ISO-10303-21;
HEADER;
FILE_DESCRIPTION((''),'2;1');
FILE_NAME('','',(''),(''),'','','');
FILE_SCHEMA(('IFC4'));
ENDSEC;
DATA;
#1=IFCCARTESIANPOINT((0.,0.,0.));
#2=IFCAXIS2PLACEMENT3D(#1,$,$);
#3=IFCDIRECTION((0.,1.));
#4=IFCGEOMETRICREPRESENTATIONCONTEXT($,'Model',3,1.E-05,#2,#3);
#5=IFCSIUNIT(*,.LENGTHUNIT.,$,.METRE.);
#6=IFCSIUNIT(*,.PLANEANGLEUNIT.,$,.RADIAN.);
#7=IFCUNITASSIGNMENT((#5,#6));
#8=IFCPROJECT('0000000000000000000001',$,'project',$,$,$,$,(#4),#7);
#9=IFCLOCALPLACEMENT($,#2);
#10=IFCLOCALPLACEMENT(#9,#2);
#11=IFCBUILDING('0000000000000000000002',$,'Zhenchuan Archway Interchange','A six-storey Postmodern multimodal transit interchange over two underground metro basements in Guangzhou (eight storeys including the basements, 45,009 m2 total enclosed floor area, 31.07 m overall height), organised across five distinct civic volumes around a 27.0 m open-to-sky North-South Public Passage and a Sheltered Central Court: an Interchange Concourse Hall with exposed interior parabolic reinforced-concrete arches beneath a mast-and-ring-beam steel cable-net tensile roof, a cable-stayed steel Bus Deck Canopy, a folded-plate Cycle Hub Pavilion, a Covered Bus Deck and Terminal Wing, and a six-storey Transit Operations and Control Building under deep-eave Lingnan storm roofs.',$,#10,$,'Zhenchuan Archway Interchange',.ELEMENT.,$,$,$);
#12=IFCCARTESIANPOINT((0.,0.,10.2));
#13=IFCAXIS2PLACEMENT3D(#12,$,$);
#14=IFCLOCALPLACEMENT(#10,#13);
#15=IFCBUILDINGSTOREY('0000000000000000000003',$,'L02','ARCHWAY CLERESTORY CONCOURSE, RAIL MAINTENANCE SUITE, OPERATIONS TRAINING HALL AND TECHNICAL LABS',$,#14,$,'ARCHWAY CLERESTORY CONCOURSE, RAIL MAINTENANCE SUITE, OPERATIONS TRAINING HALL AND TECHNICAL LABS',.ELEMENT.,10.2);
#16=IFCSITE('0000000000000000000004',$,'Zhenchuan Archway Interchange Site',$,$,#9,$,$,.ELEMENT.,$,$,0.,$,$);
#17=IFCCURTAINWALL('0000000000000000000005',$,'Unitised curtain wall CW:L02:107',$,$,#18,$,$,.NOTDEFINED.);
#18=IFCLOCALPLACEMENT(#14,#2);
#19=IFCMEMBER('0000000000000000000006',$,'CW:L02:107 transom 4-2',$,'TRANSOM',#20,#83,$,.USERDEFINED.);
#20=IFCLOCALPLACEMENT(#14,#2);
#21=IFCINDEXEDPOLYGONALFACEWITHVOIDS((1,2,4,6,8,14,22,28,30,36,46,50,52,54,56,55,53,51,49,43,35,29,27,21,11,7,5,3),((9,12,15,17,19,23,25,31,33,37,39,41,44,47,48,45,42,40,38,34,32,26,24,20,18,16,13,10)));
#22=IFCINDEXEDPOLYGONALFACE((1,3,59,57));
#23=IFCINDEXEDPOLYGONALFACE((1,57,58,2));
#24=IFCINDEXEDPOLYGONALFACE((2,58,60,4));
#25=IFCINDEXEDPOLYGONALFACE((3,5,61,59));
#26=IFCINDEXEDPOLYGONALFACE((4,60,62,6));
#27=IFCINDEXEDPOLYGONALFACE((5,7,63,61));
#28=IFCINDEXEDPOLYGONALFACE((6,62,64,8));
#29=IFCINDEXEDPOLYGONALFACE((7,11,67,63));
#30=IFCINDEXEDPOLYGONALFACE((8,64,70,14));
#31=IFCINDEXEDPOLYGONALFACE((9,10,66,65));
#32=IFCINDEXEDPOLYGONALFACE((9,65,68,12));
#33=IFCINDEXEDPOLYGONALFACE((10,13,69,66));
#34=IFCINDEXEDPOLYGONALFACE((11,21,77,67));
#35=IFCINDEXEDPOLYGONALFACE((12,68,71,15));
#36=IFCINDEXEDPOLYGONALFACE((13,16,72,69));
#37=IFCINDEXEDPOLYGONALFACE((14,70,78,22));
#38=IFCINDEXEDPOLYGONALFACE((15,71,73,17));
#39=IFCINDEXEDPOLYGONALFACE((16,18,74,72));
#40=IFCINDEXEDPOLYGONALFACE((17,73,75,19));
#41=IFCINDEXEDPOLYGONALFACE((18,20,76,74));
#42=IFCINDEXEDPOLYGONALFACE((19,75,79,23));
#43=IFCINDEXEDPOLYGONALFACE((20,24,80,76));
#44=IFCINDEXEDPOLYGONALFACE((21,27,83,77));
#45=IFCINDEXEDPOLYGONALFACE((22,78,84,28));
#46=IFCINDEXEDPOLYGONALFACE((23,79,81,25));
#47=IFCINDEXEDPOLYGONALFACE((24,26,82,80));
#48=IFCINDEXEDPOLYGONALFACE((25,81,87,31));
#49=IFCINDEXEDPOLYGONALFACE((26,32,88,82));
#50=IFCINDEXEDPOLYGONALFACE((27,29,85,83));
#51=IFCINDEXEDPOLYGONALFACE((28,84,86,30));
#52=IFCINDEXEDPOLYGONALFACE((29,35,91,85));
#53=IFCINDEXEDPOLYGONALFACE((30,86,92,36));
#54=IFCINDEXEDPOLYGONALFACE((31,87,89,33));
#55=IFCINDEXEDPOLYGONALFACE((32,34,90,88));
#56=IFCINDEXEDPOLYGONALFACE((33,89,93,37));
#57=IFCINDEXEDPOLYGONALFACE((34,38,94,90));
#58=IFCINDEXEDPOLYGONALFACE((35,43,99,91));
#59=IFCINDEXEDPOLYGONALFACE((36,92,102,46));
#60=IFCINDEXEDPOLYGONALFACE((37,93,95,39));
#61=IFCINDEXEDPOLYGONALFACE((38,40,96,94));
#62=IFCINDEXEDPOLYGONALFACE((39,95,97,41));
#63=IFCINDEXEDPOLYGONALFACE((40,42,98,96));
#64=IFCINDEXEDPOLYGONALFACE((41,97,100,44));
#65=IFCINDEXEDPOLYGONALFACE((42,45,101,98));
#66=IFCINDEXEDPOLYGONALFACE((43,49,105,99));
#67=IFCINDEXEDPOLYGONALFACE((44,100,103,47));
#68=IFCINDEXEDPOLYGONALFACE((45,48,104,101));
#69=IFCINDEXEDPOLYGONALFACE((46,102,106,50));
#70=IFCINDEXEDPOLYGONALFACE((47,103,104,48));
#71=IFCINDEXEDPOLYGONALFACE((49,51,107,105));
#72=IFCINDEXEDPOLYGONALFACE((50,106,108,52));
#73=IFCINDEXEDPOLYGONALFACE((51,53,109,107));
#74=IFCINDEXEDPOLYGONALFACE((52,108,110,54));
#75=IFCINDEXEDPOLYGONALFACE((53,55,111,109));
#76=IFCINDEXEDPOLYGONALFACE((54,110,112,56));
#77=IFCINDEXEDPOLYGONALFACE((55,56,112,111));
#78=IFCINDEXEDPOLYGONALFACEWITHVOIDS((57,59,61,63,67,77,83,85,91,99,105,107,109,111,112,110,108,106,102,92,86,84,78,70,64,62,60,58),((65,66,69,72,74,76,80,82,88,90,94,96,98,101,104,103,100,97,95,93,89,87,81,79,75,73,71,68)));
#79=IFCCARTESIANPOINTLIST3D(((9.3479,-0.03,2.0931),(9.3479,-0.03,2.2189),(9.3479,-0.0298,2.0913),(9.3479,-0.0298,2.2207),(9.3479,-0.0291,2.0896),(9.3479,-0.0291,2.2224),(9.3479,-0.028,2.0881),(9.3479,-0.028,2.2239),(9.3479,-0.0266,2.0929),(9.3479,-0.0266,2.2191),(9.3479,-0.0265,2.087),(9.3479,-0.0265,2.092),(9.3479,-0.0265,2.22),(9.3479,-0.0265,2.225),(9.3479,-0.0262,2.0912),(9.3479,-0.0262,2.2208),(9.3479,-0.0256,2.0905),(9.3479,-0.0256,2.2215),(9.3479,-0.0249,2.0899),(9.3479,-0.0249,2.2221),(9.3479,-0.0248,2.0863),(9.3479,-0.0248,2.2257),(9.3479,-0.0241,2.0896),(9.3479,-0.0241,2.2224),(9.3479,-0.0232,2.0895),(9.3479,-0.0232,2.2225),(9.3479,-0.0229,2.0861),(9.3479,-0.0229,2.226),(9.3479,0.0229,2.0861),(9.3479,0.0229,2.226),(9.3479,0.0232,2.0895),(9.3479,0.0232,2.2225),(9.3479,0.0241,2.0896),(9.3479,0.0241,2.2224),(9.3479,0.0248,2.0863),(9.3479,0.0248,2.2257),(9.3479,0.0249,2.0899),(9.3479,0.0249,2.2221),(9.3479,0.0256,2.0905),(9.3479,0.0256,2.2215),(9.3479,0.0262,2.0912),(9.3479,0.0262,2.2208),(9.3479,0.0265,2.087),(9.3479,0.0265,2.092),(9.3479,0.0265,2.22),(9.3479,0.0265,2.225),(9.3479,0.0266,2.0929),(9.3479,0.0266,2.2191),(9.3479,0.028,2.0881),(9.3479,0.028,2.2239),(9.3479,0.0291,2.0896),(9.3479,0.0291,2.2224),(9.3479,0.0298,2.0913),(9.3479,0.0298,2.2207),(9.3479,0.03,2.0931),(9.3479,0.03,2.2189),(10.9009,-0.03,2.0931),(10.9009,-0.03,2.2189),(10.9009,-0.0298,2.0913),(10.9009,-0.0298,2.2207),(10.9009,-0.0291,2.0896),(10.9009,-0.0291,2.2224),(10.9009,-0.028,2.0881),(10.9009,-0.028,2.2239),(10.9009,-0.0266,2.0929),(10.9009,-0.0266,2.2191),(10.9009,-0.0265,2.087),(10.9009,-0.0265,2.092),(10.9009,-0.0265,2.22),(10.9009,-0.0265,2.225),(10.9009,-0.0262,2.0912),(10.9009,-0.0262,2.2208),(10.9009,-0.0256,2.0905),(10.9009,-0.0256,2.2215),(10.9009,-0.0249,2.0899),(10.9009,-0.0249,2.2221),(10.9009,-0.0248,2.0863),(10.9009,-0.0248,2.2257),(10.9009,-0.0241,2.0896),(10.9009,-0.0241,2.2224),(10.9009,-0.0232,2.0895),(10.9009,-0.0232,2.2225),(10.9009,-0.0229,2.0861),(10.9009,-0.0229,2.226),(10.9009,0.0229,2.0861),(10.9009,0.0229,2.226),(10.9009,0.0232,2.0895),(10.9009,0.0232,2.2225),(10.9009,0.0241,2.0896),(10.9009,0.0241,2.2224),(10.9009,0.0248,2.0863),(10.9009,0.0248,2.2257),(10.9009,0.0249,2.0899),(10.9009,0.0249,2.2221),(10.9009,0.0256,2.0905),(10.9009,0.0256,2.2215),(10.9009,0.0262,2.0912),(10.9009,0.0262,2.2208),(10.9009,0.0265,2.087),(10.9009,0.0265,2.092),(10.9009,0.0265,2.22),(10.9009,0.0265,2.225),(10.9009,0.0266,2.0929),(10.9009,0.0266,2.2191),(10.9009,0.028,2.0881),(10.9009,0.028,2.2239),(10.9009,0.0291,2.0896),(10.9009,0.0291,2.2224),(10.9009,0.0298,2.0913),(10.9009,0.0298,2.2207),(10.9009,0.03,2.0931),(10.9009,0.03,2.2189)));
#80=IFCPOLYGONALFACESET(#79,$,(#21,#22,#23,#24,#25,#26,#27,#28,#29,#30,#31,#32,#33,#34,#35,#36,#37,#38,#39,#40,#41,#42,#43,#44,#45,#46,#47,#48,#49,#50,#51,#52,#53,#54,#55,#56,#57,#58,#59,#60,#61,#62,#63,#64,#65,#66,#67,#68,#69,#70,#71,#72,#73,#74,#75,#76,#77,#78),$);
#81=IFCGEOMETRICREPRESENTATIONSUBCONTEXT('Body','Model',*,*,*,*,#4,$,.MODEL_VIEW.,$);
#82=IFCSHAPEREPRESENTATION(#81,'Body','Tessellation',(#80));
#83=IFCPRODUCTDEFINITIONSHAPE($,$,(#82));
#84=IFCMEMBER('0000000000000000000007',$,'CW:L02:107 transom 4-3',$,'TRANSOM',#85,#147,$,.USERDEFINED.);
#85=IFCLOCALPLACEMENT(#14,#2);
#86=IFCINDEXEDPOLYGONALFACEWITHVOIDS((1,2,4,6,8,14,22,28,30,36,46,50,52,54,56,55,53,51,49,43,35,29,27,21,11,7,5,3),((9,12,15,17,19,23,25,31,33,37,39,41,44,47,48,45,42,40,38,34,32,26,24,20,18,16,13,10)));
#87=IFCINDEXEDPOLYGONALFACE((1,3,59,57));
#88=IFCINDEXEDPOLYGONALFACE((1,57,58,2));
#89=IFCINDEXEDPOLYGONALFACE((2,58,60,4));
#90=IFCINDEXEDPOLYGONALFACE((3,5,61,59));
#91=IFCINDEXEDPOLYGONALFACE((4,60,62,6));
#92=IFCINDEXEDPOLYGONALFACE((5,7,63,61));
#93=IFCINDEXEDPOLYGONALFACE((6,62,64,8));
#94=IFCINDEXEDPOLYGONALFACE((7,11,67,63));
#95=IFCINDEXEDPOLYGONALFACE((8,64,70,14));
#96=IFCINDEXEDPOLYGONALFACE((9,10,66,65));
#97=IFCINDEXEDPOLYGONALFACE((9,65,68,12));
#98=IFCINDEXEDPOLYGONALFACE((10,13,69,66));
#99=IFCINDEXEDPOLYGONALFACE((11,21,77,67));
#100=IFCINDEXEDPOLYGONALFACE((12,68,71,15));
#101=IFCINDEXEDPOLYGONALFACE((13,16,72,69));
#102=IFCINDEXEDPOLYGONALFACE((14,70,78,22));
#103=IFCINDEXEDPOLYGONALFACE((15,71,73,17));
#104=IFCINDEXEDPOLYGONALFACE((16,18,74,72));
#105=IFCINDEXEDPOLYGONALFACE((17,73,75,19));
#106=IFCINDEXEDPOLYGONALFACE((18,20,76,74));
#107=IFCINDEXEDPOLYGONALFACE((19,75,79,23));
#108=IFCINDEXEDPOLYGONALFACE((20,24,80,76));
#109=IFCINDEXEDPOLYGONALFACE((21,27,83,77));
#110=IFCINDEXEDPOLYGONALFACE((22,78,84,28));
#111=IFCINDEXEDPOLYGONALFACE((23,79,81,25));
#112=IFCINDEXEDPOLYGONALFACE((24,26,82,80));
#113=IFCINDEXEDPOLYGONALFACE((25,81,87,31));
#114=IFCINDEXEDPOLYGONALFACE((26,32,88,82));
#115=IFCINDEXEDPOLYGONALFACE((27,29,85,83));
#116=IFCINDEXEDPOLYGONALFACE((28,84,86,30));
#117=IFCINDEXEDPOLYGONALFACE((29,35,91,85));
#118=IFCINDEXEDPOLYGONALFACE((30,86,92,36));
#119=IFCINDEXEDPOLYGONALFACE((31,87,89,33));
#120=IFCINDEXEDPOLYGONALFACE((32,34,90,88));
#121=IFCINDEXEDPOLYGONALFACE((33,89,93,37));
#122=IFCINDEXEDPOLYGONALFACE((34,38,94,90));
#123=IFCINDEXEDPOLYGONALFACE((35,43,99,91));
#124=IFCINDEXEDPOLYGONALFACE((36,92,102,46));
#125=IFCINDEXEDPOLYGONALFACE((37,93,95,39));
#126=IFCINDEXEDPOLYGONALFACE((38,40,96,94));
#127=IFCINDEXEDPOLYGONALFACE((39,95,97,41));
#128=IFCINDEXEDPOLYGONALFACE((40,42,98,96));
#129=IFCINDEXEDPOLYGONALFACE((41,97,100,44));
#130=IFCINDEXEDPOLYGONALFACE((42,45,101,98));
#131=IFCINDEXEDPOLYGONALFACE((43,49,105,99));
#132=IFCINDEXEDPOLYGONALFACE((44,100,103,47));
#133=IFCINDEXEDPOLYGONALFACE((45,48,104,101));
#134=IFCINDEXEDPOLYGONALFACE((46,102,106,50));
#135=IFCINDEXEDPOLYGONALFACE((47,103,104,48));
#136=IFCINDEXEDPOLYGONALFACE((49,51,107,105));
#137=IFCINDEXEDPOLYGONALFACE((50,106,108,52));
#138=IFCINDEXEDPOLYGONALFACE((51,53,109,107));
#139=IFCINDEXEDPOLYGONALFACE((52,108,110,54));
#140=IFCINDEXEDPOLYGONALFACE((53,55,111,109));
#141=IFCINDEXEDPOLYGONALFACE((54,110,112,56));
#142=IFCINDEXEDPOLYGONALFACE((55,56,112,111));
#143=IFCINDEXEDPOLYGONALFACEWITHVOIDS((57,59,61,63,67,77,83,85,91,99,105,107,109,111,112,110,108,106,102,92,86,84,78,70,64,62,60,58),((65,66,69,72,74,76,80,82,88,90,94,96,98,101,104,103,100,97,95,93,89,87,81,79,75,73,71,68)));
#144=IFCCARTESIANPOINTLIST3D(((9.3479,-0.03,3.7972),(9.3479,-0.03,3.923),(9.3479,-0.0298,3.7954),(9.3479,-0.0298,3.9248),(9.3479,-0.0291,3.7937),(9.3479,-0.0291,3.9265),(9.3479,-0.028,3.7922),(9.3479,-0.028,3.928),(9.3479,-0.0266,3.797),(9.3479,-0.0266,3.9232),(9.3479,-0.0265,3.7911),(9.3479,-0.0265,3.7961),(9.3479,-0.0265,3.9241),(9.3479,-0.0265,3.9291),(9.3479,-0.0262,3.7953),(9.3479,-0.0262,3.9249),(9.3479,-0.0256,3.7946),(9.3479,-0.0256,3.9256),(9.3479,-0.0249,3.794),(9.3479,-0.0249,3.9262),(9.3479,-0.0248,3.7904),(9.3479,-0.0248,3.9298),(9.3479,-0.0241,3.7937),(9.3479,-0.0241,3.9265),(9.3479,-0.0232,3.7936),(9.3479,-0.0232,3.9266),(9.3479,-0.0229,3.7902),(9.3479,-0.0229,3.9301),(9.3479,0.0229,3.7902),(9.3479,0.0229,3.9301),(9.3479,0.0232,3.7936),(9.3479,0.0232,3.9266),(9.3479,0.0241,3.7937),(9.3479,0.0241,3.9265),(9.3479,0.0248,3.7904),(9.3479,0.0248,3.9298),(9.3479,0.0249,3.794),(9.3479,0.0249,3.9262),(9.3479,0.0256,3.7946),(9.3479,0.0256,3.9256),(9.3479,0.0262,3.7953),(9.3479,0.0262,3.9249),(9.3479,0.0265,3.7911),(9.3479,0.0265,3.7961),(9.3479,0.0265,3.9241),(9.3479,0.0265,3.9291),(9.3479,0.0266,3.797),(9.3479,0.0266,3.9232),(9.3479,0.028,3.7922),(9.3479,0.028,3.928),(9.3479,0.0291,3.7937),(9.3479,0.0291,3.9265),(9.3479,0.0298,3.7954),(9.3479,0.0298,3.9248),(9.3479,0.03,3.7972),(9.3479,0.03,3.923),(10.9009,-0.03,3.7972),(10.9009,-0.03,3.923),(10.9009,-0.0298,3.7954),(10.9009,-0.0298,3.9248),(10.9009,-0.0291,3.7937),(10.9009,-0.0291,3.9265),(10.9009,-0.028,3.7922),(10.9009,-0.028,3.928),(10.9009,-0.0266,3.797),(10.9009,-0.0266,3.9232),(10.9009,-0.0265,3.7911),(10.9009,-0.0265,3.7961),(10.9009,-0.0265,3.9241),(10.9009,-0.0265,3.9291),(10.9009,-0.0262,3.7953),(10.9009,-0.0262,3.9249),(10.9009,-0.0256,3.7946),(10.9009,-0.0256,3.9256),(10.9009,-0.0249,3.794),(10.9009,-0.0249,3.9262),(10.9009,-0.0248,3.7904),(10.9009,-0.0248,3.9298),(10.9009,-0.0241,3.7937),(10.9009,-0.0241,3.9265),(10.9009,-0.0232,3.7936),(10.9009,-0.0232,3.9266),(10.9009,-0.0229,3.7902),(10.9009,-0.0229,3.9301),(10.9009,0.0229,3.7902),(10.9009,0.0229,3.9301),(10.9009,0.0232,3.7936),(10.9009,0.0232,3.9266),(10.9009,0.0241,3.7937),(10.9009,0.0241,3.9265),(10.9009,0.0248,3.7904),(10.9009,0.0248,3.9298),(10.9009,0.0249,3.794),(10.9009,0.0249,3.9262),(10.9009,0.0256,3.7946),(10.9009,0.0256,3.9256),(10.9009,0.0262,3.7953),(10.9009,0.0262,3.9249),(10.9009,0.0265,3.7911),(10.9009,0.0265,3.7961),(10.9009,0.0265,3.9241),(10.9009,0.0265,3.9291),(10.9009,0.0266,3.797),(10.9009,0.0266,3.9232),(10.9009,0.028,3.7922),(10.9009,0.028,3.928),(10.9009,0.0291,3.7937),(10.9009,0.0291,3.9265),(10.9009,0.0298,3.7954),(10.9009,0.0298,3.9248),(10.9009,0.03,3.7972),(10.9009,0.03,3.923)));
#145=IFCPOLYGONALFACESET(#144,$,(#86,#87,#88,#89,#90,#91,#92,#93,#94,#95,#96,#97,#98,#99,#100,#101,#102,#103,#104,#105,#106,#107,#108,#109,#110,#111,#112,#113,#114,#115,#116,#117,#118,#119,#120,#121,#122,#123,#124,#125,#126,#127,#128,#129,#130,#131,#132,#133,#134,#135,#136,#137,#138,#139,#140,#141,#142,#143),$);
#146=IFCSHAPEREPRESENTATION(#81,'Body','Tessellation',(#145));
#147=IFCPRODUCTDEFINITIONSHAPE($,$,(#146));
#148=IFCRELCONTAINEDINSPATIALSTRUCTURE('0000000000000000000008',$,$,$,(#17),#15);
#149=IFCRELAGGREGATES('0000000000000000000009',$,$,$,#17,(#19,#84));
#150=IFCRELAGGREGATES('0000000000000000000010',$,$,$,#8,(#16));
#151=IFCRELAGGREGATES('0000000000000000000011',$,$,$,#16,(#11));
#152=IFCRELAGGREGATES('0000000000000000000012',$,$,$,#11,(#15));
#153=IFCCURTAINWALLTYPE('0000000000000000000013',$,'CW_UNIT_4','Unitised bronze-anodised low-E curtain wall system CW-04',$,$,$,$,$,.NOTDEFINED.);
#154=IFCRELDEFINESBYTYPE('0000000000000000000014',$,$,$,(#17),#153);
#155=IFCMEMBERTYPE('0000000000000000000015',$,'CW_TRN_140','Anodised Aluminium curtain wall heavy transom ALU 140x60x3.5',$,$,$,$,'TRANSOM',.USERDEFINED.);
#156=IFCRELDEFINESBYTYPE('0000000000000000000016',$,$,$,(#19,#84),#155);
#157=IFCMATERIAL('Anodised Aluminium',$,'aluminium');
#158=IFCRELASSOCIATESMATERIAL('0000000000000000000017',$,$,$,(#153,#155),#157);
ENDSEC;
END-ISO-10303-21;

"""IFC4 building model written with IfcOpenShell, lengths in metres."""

from ifc_helpers import new_model, si_unit, direction, frame, origin, origin_2d, place, context, subcontext, project, spatial, hollow_rectangle, extrude, material, material_profile, profile_set, type_object, element, aggregate, save


model = new_model("IFC4")

# Units and contexts
model_context = context("Model", 3, precision=1e-05, world=origin(), true_north=direction((0.0, 1.0)))
body_context = subcontext(model_context, "Body", "Model", "MODEL_VIEW")
ifc_project = project(units=[si_unit("LENGTHUNIT", "METRE"), si_unit("PLANEANGLEUNIT", "RADIAN")], contexts=[model_context])

# Site, building, storey
site_placement = place(None, origin())
site = spatial("IfcSite", under=ifc_project, at=site_placement, Name="Zhenchuan Archway Interchange Site", CompositionType="ELEMENT", RefElevation=0.0)
building_placement = place(site_placement, origin())
building = spatial("IfcBuilding", under=site, at=building_placement, Name="Zhenchuan Archway Interchange", Description="A six-storey Postmodern multimodal transit interchange over two underground metro basements in Guangzhou (eight storeys including the basements, 45,009 m2 total enclosed floor area, 31.07 m overall height), organised across five distinct civic volumes around a 27.0 m open-to-sky North-South Public Passage and a Sheltered Central Court: an Interchange Concourse Hall with exposed interior parabolic reinforced-concrete arches beneath a mast-and-ring-beam steel cable-net tensile roof, a cable-stayed steel Bus Deck Canopy, a folded-plate Cycle Hub Pavilion, a Covered Bus Deck and Terminal Wing, and a six-storey Transit Operations and Control Building under deep-eave Lingnan storm roofs.", LongName="Zhenchuan Archway Interchange", CompositionType="ELEMENT")
storey_placement = place(building_placement, frame((0.0, 0.0, 10.2)))
storey = spatial("IfcBuildingStorey", under=building, at=storey_placement, Name="L02", Description="ARCHWAY CLERESTORY CONCOURSE, RAIL MAINTENANCE SUITE, OPERATIONS TRAINING HALL AND TECHNICAL LABS", LongName="ARCHWAY CLERESTORY CONCOURSE, RAIL MAINTENANCE SUITE, OPERATIONS TRAINING HALL AND TECHNICAL LABS", CompositionType="ELEMENT", Elevation=10.2)

# Curtain wall
ifc_material_1 = material(Name="Anodised Aluminium", Category="aluminium")
curtain_wall_type_1 = type_object("IfcCurtainWallType", Name="CW_UNIT_4", Description="Unitised bronze-anodised low-E curtain wall system CW-04", PredefinedType="NOTDEFINED", material=ifc_material_1)
curtain_wall_1_placement = place(storey_placement, origin())
curtain_wall_1 = element("IfcCurtainWall", 1, at=curtain_wall_1_placement, inside=storey, type_object=curtain_wall_type_1, Name="Unitised curtain wall CW:L02:107", PredefinedType="NOTDEFINED")

# Members
ifc_material_profile_1 = material_profile(ifc_material_1, hollow_rectangle(XDim=0.0601, YDim=0.1399, WallThickness=0.0034, InnerFilletRadius=0.0034, OuterFilletRadius=0.0071, at=origin_2d()), Name="ALU 140x60x3.5")
ifc_profile_set_1 = profile_set([ifc_material_profile_1], Name="Anodised Aluminium")
member_type_1 = type_object("IfcMemberType", Name="CW_TRN_140", Description="Anodised Aluminium curtain wall heavy transom ALU 140x60x3.5", ElementType="TRANSOM", PredefinedType="USERDEFINED", material=ifc_profile_set_1)
member_1_placement = place(storey_placement, frame((10.9009, 0.0, 2.156), z_axis=(-1.0, 0.0, 0.0), x_axis=(0.0, -1.0, 0.0)))
member_1 = element("IfcMember", 2, at=member_1_placement, type_object=member_type_1, Name="CW:L02:107 transom 4-2", ObjectType="TRANSOM", PredefinedType="USERDEFINED", context=body_context, shape_type="SweptSolid", body=[
    extrude(hollow_rectangle(XDim=0.0601, YDim=0.1399, WallThickness=0.0034, InnerFilletRadius=0.0034, OuterFilletRadius=0.0071, at=origin_2d()), origin(), (0.0, 0.0, 1.0), 1.553),
])
member_2_placement = place(storey_placement, frame((10.9009, 0.0, 3.8601), z_axis=(-1.0, 0.0, 0.0), x_axis=(0.0, -1.0, 0.0)))
member_2 = element("IfcMember", 3, at=member_2_placement, type_object=member_type_1, Name="CW:L02:107 transom 4-3", ObjectType="TRANSOM", PredefinedType="USERDEFINED", context=body_context, shape_type="SweptSolid", body=[
    extrude(hollow_rectangle(XDim=0.0601, YDim=0.1399, WallThickness=0.0034, InnerFilletRadius=0.0034, OuterFilletRadius=0.0071, at=origin_2d()), origin(), (0.0, 0.0, 1.0), 1.553),
])

aggregate(curtain_wall_1, [member_1, member_2])

save(model, "model.ifc")
